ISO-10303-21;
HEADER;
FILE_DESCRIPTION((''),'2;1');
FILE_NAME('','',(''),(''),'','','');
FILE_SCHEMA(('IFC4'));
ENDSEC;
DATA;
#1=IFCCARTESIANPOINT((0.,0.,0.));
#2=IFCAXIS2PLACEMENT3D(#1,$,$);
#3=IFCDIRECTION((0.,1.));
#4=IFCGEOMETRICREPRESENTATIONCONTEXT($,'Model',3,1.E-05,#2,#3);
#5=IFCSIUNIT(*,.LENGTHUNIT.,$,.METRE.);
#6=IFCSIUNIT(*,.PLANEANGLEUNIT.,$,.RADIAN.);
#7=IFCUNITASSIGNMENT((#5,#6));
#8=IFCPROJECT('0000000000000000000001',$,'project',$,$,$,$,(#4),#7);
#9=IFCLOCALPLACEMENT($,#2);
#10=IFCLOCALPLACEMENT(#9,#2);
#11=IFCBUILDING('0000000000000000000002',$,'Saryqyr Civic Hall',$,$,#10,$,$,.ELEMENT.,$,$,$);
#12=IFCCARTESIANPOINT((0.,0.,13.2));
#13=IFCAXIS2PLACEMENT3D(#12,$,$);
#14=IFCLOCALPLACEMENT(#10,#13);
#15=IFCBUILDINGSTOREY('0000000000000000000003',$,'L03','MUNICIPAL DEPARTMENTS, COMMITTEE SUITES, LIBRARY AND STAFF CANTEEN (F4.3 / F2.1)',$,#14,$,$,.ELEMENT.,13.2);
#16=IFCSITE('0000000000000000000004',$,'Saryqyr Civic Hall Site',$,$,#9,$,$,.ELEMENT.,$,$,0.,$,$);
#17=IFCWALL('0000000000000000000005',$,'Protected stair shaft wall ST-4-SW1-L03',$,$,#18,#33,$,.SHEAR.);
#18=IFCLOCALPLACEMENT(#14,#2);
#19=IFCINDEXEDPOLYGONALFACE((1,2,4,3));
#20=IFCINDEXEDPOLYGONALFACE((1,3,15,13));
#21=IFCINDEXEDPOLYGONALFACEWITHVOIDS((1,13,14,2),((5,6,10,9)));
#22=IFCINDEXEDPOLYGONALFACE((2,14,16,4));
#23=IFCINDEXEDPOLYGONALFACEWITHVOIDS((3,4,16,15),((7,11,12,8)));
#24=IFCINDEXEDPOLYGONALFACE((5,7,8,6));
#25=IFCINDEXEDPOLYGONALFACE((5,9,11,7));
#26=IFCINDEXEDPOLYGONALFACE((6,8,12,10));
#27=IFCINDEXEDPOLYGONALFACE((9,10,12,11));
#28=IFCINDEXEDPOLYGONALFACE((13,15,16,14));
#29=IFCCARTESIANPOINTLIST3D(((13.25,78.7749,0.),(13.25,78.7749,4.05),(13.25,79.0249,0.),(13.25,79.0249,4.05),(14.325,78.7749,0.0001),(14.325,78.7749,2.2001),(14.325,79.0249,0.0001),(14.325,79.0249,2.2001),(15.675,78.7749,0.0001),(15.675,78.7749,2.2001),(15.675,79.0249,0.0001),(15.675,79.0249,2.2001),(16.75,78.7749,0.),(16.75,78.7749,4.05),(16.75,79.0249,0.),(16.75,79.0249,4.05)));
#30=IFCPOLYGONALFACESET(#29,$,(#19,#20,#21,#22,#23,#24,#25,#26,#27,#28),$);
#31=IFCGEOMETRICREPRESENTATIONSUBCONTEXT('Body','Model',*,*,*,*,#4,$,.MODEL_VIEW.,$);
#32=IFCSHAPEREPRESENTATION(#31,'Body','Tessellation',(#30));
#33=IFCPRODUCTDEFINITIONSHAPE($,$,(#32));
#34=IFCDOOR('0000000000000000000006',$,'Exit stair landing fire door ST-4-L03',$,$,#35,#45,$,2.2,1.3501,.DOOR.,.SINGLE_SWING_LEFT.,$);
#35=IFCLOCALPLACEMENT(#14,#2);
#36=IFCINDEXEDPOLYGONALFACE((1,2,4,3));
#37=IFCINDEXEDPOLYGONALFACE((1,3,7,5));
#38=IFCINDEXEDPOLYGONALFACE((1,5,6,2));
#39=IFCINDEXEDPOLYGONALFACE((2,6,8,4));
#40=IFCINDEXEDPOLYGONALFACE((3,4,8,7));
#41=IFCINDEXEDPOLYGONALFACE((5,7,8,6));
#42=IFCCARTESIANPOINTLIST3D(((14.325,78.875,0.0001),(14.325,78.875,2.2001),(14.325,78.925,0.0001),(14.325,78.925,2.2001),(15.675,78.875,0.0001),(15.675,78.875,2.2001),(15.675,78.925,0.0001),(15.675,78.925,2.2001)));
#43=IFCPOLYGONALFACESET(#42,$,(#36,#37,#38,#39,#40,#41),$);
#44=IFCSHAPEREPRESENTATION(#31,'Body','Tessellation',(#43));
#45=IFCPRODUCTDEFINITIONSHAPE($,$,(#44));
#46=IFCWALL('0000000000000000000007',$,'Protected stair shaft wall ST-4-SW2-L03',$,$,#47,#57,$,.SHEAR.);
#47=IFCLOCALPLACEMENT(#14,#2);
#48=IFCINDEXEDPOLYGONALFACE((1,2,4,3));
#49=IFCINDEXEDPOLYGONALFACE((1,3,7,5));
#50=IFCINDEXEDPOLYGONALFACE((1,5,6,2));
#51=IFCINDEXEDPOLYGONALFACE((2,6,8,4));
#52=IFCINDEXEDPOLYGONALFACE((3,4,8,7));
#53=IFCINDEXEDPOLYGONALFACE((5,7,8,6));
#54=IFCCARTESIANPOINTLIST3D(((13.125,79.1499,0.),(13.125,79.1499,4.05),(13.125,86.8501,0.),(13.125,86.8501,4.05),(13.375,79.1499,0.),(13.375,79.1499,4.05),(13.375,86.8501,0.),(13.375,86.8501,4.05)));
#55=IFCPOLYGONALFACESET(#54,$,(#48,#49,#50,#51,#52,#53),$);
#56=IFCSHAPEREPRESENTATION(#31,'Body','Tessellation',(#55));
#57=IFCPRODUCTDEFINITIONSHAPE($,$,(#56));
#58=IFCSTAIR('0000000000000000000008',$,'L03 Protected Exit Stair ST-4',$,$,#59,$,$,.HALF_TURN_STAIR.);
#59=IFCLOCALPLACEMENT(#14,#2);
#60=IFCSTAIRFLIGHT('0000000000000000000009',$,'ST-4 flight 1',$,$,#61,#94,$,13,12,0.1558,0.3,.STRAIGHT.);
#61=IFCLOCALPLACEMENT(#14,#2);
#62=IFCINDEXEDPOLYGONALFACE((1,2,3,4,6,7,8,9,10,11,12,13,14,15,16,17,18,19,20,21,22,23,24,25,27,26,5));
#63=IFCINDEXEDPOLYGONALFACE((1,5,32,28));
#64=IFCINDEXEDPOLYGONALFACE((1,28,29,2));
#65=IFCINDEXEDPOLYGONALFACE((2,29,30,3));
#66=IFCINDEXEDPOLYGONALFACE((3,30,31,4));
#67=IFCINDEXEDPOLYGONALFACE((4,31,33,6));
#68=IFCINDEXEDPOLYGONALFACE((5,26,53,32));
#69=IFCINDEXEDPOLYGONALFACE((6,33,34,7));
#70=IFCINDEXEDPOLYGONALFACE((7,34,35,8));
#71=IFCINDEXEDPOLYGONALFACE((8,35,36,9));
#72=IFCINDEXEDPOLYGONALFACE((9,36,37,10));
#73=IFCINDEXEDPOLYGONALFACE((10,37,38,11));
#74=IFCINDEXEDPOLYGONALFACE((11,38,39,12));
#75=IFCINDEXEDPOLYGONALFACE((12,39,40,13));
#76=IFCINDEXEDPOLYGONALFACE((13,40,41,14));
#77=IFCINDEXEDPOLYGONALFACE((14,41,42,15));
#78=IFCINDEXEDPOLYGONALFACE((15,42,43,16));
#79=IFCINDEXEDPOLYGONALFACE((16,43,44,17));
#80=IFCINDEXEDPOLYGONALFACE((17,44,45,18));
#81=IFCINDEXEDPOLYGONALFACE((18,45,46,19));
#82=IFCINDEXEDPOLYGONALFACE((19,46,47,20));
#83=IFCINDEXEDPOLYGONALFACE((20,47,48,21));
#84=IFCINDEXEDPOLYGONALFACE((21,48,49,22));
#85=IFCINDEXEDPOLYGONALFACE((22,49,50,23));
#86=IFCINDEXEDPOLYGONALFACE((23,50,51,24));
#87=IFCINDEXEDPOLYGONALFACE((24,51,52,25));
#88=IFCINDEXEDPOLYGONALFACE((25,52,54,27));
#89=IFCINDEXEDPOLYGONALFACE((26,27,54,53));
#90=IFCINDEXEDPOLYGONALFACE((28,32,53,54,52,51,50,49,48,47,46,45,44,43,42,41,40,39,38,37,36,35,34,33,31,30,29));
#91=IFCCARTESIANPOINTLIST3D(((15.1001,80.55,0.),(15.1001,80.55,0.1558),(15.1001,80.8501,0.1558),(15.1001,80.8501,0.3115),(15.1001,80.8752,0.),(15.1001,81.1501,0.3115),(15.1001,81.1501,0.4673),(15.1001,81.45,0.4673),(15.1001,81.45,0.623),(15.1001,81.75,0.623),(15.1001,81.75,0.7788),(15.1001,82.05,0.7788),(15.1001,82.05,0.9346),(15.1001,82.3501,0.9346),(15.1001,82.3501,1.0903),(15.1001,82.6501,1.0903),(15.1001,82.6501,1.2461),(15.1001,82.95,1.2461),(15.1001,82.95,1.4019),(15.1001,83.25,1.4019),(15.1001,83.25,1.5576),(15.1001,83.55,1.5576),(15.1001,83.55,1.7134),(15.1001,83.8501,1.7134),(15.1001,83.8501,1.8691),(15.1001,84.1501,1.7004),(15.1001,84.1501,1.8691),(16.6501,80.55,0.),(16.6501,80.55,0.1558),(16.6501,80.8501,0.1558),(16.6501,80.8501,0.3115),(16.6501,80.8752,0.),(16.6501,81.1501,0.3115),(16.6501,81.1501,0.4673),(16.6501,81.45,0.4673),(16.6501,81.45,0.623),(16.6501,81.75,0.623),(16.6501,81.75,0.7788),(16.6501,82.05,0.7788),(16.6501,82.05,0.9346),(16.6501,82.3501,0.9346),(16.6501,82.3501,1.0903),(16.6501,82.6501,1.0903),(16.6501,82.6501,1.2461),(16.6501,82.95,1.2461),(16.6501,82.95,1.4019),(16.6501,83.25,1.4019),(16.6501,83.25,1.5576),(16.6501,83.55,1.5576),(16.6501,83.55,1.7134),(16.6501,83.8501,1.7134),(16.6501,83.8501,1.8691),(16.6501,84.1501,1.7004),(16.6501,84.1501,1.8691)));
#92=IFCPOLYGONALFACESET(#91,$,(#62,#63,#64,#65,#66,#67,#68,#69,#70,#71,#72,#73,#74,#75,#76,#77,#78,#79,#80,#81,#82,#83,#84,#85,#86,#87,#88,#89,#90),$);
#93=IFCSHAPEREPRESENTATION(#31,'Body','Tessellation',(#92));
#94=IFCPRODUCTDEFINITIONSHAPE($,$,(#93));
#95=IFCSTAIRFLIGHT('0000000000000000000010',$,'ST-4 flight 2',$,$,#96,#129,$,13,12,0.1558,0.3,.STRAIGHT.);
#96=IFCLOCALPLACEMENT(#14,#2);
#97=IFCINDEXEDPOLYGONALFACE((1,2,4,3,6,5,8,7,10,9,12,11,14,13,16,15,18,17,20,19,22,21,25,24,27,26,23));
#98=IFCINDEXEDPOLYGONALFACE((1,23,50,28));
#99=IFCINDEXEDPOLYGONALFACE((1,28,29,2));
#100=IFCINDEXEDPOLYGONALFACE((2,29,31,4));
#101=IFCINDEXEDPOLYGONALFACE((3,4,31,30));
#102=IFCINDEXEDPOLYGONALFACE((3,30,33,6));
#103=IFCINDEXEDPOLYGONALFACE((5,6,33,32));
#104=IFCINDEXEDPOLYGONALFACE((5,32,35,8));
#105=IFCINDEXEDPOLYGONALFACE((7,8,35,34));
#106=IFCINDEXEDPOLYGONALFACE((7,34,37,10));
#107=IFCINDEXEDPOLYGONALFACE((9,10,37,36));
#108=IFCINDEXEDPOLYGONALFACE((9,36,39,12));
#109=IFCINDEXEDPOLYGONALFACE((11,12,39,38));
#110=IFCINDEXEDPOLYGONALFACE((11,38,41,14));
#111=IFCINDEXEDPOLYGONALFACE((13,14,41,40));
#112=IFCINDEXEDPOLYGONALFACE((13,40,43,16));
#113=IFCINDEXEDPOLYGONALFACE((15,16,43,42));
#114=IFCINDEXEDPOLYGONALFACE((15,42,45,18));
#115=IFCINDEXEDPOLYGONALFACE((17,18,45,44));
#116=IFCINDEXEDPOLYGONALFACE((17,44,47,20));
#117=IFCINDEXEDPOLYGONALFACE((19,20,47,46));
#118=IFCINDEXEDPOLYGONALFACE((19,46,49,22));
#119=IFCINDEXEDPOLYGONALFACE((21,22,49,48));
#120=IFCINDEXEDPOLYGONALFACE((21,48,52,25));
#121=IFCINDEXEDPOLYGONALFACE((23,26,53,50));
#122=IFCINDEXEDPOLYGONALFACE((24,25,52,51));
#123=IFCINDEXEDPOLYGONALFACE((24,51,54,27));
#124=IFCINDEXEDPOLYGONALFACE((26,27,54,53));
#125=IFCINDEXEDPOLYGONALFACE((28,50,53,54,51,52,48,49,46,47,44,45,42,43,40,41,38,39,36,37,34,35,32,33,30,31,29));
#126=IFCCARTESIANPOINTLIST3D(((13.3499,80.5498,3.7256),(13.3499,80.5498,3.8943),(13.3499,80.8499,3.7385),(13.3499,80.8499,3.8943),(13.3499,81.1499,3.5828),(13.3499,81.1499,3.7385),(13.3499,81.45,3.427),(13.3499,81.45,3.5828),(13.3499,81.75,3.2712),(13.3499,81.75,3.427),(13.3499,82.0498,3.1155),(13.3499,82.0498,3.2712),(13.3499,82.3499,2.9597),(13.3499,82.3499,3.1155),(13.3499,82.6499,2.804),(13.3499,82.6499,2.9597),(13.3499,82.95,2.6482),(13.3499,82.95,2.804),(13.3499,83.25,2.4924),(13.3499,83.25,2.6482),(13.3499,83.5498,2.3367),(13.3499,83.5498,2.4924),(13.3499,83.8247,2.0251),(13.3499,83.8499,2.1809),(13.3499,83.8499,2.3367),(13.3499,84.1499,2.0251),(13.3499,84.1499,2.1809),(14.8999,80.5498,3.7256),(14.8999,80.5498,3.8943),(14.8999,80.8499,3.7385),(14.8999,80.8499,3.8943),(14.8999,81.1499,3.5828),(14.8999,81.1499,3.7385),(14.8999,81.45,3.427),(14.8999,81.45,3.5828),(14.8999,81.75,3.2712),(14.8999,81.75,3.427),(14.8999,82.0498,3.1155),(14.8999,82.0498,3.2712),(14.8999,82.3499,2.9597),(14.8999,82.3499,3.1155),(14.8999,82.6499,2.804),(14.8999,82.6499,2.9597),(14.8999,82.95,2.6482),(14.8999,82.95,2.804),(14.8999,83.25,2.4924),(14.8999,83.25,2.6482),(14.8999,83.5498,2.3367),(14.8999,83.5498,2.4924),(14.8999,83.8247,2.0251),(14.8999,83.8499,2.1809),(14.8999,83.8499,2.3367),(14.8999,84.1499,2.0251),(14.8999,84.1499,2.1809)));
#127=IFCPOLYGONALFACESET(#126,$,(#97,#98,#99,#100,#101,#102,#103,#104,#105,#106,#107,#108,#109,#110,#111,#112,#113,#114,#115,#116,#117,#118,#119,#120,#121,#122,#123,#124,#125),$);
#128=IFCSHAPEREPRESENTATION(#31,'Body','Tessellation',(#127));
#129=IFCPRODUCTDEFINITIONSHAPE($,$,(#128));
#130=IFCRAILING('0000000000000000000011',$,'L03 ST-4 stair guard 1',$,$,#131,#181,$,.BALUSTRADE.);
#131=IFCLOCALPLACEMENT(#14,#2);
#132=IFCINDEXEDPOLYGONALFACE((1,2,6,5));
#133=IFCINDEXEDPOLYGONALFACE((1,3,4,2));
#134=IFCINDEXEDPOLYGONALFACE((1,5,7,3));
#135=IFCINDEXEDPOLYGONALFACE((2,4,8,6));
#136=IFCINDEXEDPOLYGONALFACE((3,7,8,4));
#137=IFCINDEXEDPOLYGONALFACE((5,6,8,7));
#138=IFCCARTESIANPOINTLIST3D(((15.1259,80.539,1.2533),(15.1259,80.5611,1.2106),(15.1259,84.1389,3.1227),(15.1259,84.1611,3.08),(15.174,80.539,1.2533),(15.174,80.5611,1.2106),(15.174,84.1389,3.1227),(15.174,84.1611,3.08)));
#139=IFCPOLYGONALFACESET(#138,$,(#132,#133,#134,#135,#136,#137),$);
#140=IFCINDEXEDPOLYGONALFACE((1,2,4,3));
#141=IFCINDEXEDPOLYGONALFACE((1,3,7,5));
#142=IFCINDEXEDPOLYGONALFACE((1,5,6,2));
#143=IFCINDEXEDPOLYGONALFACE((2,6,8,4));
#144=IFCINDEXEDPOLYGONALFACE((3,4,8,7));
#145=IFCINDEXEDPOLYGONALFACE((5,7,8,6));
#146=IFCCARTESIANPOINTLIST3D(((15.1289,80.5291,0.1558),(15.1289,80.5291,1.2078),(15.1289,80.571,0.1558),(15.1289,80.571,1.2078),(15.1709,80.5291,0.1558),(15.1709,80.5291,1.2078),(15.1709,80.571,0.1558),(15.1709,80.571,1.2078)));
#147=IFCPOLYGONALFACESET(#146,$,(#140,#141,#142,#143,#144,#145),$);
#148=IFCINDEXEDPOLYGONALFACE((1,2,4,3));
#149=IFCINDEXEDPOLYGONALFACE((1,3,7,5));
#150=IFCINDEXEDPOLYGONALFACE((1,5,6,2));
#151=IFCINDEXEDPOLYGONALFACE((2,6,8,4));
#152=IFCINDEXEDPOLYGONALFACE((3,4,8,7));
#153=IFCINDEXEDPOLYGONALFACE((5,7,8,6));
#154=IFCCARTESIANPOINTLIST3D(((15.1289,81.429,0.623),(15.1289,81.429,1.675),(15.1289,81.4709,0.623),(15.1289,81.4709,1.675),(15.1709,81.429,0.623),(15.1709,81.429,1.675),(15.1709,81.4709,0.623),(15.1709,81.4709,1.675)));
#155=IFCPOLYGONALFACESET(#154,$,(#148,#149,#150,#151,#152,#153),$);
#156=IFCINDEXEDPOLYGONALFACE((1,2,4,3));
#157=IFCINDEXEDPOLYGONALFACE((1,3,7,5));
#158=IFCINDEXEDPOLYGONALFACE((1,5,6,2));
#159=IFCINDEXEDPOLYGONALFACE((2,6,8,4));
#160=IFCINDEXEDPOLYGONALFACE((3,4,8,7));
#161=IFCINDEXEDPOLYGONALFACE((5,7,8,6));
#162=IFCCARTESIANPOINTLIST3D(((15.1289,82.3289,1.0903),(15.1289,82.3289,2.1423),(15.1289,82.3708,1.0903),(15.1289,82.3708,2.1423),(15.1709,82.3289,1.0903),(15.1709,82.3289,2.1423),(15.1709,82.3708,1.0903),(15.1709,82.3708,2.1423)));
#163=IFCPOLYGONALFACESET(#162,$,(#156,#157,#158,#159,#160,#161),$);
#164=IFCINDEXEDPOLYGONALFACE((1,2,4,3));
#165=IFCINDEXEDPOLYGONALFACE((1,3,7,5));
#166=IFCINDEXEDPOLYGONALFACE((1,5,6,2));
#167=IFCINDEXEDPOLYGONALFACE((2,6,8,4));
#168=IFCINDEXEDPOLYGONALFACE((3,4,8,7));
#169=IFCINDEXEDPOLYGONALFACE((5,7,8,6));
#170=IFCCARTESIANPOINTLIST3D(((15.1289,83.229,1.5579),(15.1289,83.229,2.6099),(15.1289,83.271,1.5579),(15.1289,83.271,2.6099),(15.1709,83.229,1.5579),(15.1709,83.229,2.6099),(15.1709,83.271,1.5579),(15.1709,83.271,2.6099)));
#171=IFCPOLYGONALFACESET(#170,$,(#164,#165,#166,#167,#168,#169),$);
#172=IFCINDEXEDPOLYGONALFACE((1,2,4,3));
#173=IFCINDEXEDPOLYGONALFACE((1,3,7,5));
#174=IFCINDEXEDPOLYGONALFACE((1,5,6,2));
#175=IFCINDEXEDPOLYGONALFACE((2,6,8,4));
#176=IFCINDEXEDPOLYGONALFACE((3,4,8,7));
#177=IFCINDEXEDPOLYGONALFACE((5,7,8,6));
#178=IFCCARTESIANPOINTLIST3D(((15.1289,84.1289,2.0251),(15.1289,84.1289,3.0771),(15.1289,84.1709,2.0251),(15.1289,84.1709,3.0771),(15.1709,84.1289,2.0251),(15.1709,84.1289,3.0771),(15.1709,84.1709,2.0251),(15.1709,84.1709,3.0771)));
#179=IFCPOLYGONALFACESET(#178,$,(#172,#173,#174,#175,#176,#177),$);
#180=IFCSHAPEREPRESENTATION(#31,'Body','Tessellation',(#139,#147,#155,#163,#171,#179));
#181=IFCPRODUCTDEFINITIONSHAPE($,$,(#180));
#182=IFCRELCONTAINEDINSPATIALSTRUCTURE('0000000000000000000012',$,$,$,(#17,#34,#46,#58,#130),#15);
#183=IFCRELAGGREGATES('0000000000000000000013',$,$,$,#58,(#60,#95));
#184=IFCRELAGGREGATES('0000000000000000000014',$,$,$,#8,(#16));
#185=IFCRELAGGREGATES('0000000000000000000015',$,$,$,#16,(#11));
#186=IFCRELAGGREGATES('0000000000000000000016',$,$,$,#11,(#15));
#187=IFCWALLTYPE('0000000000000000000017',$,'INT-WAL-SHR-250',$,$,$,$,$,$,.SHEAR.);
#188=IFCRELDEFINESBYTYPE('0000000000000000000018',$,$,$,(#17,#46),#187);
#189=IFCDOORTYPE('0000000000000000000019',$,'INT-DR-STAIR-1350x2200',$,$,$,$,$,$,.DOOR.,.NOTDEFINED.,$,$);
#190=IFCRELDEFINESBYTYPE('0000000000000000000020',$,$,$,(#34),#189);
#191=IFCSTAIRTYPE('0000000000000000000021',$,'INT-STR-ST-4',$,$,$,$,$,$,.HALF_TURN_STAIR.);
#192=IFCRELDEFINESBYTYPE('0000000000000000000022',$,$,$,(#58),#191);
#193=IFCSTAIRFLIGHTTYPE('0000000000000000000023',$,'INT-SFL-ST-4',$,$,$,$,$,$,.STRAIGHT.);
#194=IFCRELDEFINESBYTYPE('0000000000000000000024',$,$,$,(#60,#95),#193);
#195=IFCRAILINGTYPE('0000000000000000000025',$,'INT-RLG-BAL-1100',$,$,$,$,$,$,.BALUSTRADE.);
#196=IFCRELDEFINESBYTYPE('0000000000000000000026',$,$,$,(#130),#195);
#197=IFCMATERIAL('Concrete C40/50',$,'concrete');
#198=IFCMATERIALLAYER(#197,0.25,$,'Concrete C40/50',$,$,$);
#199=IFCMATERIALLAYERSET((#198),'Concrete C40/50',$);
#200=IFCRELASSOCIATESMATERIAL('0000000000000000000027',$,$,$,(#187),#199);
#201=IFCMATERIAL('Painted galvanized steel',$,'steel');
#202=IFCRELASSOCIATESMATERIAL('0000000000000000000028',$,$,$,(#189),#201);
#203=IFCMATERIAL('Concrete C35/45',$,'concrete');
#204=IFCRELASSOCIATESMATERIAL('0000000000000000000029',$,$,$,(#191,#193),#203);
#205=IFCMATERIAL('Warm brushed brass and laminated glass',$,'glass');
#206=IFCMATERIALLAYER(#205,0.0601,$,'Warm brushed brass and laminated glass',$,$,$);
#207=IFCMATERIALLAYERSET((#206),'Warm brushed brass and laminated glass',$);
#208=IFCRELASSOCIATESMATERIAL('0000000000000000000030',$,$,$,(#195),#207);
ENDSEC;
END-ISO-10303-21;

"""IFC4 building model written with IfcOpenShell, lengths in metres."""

from ifc_helpers import new_model, si_unit, direction, frame, frame_2d, origin, origin_2d, place, context, subcontext, project, spatial, polyline, rectangle, outline, extrude, material, layer, layer_set, type_object, element, fill, aggregate, save


model = new_model("IFC4")

# Units and contexts
model_context = context("Model", 3, precision=1e-05, world=origin(), true_north=direction((0.0, 1.0)))
body_context = subcontext(model_context, "Body", "Model", "MODEL_VIEW")
ifc_project = project(units=[si_unit("LENGTHUNIT", "METRE"), si_unit("PLANEANGLEUNIT", "RADIAN")], contexts=[model_context])

# Site, building, storey
site_placement = place(None, origin())
site = spatial("IfcSite", under=ifc_project, at=site_placement, Name="Saryqyr Civic Hall Site", CompositionType="ELEMENT", RefElevation=0.0)
building_placement = place(site_placement, origin())
building = spatial("IfcBuilding", under=site, at=building_placement, Name="Saryqyr Civic Hall", CompositionType="ELEMENT")
storey_placement = place(building_placement, frame((0.0, 0.0, 13.2)))
storey = spatial("IfcBuildingStorey", under=building, at=storey_placement, Name="L03", Description="MUNICIPAL DEPARTMENTS, COMMITTEE SUITES, LIBRARY AND STAFF CANTEEN (F4.3 / F2.1)", CompositionType="ELEMENT", Elevation=13.2)

# Shared definitions
ifc_material_1 = material(Name="Concrete C40/50", Category="concrete")

# Shared definitions
ifc_material_2 = material(Name="Concrete C35/45", Category="concrete")

# Wall, opening, door
ifc_layer_1 = layer(ifc_material_1, 0.25, Name="Concrete C40/50")
ifc_layer_set_1 = layer_set([ifc_layer_1], Name="Concrete C40/50")
wall_type_1 = type_object("IfcWallType", Name="INT-WAL-SHR-250", PredefinedType="SHEAR", material=ifc_layer_set_1)
wall_1_placement = place(storey_placement, frame((16.75, 78.8999, 0.0), z_axis=(0.0, 0.0, 1.0), x_axis=(-1.0, 0.0, 0.0)))
wall_1 = element("IfcWall", 1, at=wall_1_placement, inside=storey, type_object=wall_type_1, Name="Protected stair shaft wall ST-4-SW1-L03", PredefinedType="SHEAR", context=body_context, shape_type="SweptSolid", body=[
    extrude(rectangle(XDim=3.5, YDim=0.25, at=frame_2d((1.75, 0.0))), origin(), (0.0, 0.0, 1.0), 4.05),
])
opening_1_placement = place(wall_1_placement, frame((1.075, 0.0, 0.0)))
opening_1 = element("IfcOpeningElement", 2, at=opening_1_placement, cuts=wall_1, PredefinedType="OPENING", context=body_context, shape_type="SweptSolid", body=[
    extrude(rectangle(XDim=1.3501, YDim=2.2, at=frame_2d((0.675, 1.1001))), frame((0.0, 0.135, 0.0), z_axis=(0.0, -1.0, 0.0), x_axis=(1.0, 0.0, 0.0)), (0.0, 0.0, 1.0), 0.27),
])
ifc_material_3 = material(Name="Painted galvanized steel", Category="steel")
door_type_1 = type_object("IfcDoorType", Name="INT-DR-STAIR-1350x2200", OperationType="NOTDEFINED", PredefinedType="DOOR", material=ifc_material_3)
door_1_placement = place(opening_1_placement, origin())
door_1 = element("IfcDoor", 3, at=door_1_placement, inside=storey, type_object=door_type_1, Name="Exit stair landing fire door ST-4-L03", OperationType="SINGLE_SWING_LEFT", OverallHeight=2.2, OverallWidth=1.3501, PredefinedType="DOOR", context=body_context, shape_type="SweptSolid", body=[
    extrude(rectangle(XDim=1.3501, YDim=2.2, at=frame_2d((0.675, 1.1001))), frame((0.0, 0.0249, 0.0), z_axis=(0.0, -1.0, 0.0), x_axis=(1.0, 0.0, 0.0)), (0.0, 0.0, 1.0), 0.05),
])
fill(opening_1, door_1)

# Wall
wall_2_placement = place(storey_placement, frame((13.25, 79.1499, 0.0), z_axis=(0.0, 0.0, 1.0), x_axis=(0.0, 1.0, 0.0)))
element("IfcWall", 4, at=wall_2_placement, inside=storey, type_object=wall_type_1, Name="Protected stair shaft wall ST-4-SW2-L03", PredefinedType="SHEAR", context=body_context, shape_type="SweptSolid", body=[
    extrude(rectangle(XDim=7.7002, YDim=0.25, at=frame_2d((3.8501, 0.0))), origin(), (0.0, 0.0, 1.0), 4.05),
])

# Stair, stair flights
stair_type = type_object("IfcStairType", Name="INT-STR-ST-4", PredefinedType="HALF_TURN_STAIR", material=ifc_material_2)
stair_placement = place(storey_placement, origin())
stair = element("IfcStair", 5, at=stair_placement, inside=storey, type_object=stair_type, Name="L03 Protected Exit Stair ST-4", PredefinedType="HALF_TURN_STAIR")
stair_flight_type = type_object("IfcStairFlightType", Name="INT-SFL-ST-4", PredefinedType="STRAIGHT", material=ifc_material_2)
stair_flight_1_placement = place(storey_placement, frame((15.875, 80.55, 0.0), z_axis=(0.0, 0.0, 1.0), x_axis=(0.0, 1.0, 0.0)))
stair_flight_1 = element("IfcStairFlight", 6, at=stair_flight_1_placement, type_object=stair_flight_type, Name="ST-4 flight 1", NumberOfRisers=13, NumberOfTreads=12, PredefinedType="STRAIGHT", RiserHeight=0.1558, TreadLength=0.3, context=body_context, shape_type="SweptSolid", body=[
    extrude(outline(polyline([(0.0, 0.0), (0.0, 0.1558), (0.3, 0.1558), (0.3, 0.3115), (0.6001, 0.3115), (0.6001, 0.4673), (0.8999, 0.4673), (0.8999, 0.623), (1.2, 0.623), (1.2, 0.7788), (1.5, 0.7788), (1.5, 0.9346), (1.8, 0.9346), (1.8, 1.0903), (2.1001, 1.0903), (2.1001, 1.2461), (2.3999, 1.2461), (2.3999, 1.4019), (2.7, 1.4019), (2.7, 1.5576), (3.0, 1.5576), (3.0, 1.7134), (3.3, 1.7134), (3.3, 1.8691), (3.6001, 1.8691), (3.6001, 2.0249), (3.6001, 1.7004), (0.3252, 0.0), (0.0, 0.0)])), frame((0.0, 0.7749, 0.0), z_axis=(0.0, -1.0, 0.0), x_axis=(1.0, 0.0, 0.0)), (0.0, 0.0, 1.0), 1.55),
])
stair_flight_2_placement = place(storey_placement, frame((14.125, 84.1499, 2.0251), z_axis=(0.0, 0.0, 1.0), x_axis=(0.0, -1.0, 0.0)))
stair_flight_2 = element("IfcStairFlight", 7, at=stair_flight_2_placement, type_object=stair_flight_type, Name="ST-4 flight 2", NumberOfRisers=13, NumberOfTreads=12, PredefinedType="STRAIGHT", RiserHeight=0.1558, TreadLength=0.3, context=body_context, shape_type="SweptSolid", body=[
    extrude(outline(polyline([(0.0, 0.0), (0.0, 0.1558), (0.3, 0.1558), (0.3, 0.3115), (0.6001, 0.3115), (0.6001, 0.4673), (0.8999, 0.4673), (0.8999, 0.623), (1.2, 0.623), (1.2, 0.7788), (1.5, 0.7788), (1.5, 0.9346), (1.8, 0.9346), (1.8, 1.0903), (2.1001, 1.0903), (2.1001, 1.2461), (2.3999, 1.2461), (2.3999, 1.4019), (2.7, 1.4019), (2.7, 1.5576), (3.0, 1.5576), (3.0, 1.7134), (3.3, 1.7134), (3.3, 1.8691), (3.6001, 1.8691), (3.6001, 2.0249), (3.6001, 1.7004), (0.3252, 0.0), (0.0, 0.0)])), frame((0.0, 0.7749, 0.0), z_axis=(0.0, -1.0, 0.0), x_axis=(1.0, 0.0, 0.0)), (0.0, 0.0, 1.0), 1.55),
])
aggregate(stair, [stair_flight_1, stair_flight_2])

# Railing
ifc_material_4 = material(Name="Warm brushed brass and laminated glass", Category="glass")
ifc_layer_2 = layer(ifc_material_4, 0.0601, Name="Warm brushed brass and laminated glass")
ifc_layer_set_2 = layer_set([ifc_layer_2], Name="Warm brushed brass and laminated glass")
railing_type_1 = type_object("IfcRailingType", Name="INT-RLG-BAL-1100", PredefinedType="BALUSTRADE", material=ifc_layer_set_2)
railing_1_placement = place(storey_placement, frame((15.1499, 80.55, 0.1558)))
element("IfcRailing", 8, at=railing_1_placement, inside=storey, type_object=railing_type_1, Name="L03 ST-4 stair guard 1", PredefinedType="BALUSTRADE", context=body_context, shape_type="SweptSolid", body=[
    extrude(rectangle(XDim=0.0481, YDim=0.0481, at=origin_2d()), frame((0.0, 0.0, 1.0762), z_axis=(0.0, 0.887473, 0.46086), x_axis=(-1.0, 0.0, 0.0)), (0.0, 0.0, 1.0), 4.0564),
    extrude(rectangle(XDim=0.042, YDim=0.042, at=origin_2d()), origin(), (0.0, 0.0, 1.0), 1.052),
    extrude(rectangle(XDim=0.042, YDim=0.042, at=origin_2d()), frame((0.0, 0.8999, 0.4673)), (0.0, 0.0, 1.0), 1.052),
    extrude(rectangle(XDim=0.042, YDim=0.042, at=origin_2d()), frame((0.0, 1.7998, 0.9346)), (0.0, 0.0, 1.0), 1.052),
    extrude(rectangle(XDim=0.042, YDim=0.042, at=origin_2d()), frame((0.0, 2.7, 1.4021)), (0.0, 0.0, 1.0), 1.052),
    extrude(rectangle(XDim=0.042, YDim=0.042, at=origin_2d()), frame((0.0, 3.5999, 1.8694)), (0.0, 0.0, 1.0), 1.052),
])

save(model, "model.ifc")
